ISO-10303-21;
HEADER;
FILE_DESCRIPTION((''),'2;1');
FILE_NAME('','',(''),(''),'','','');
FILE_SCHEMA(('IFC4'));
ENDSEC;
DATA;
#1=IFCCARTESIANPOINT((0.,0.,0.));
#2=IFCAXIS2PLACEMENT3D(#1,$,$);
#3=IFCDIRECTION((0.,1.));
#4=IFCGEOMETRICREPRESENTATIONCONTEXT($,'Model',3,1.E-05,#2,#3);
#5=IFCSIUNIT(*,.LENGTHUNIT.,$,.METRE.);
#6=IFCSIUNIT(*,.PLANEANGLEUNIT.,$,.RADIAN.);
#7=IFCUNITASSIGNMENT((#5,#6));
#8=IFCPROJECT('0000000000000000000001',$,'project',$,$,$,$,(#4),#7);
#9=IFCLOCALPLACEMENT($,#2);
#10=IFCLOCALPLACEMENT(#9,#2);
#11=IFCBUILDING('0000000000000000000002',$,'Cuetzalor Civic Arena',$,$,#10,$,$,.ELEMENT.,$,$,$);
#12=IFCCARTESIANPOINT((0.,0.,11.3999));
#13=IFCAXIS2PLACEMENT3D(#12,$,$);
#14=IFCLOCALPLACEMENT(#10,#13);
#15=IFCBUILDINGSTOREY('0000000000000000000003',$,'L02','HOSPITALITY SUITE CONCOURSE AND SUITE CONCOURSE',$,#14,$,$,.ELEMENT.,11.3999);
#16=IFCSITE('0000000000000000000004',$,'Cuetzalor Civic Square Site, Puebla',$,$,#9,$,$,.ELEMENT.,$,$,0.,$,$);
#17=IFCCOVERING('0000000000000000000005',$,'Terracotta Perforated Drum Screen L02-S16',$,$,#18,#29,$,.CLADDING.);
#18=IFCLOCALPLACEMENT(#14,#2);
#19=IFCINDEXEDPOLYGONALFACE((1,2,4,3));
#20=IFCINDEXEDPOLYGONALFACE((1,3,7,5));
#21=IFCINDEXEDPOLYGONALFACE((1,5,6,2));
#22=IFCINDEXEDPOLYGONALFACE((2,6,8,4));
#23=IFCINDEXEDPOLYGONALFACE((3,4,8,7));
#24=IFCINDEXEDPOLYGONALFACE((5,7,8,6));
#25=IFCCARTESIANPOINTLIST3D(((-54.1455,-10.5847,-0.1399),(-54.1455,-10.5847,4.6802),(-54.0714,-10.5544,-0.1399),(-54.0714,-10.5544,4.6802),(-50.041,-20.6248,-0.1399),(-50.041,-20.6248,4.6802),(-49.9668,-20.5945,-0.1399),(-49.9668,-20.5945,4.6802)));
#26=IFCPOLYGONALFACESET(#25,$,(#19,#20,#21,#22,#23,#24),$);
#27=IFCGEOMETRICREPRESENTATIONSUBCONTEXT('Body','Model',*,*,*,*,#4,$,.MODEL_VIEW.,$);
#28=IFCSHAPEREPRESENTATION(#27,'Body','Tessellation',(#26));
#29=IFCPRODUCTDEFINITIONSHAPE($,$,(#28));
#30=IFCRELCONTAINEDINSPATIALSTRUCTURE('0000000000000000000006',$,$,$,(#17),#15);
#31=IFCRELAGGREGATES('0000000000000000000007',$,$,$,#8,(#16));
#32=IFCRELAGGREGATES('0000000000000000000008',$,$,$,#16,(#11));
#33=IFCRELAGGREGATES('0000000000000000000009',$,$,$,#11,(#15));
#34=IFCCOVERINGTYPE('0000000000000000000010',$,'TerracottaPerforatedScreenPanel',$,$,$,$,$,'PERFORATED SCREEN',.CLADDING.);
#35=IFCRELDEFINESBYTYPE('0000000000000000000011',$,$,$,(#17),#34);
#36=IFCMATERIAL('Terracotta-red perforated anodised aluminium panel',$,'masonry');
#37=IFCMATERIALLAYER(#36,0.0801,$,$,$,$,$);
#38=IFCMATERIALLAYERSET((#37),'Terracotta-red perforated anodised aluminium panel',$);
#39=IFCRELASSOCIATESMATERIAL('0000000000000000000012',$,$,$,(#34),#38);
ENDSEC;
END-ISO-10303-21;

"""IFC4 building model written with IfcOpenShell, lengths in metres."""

from ifc_helpers import new_model, si_unit, direction, frame, frame_2d, origin, place, context, subcontext, project, spatial, rectangle, extrude, material, layer, layer_set, type_object, element, save


model = new_model("IFC4")

# Units and contexts
model_context = context("Model", 3, precision=1e-05, world=origin(), true_north=direction((0.0, 1.0)))
body_context = subcontext(model_context, "Body", "Model", "MODEL_VIEW")
ifc_project = project(units=[si_unit("LENGTHUNIT", "METRE"), si_unit("PLANEANGLEUNIT", "RADIAN")], contexts=[model_context])

# Site, building, storey
site_placement = place(None, origin())
site = spatial("IfcSite", under=ifc_project, at=site_placement, Name="Cuetzalor Civic Square Site, Puebla", CompositionType="ELEMENT", RefElevation=0.0)
building_placement = place(site_placement, origin())
building = spatial("IfcBuilding", under=site, at=building_placement, Name="Cuetzalor Civic Arena", CompositionType="ELEMENT")
storey_placement = place(building_placement, frame((0.0, 0.0, 11.3999)))
storey = spatial("IfcBuildingStorey", under=building, at=storey_placement, Name="L02", Description="HOSPITALITY SUITE CONCOURSE AND SUITE CONCOURSE", CompositionType="ELEMENT", Elevation=11.3999)

# Covering
ifc_material_1 = material(Name="Terracotta-red perforated anodised aluminium panel", Category="masonry")
ifc_layer_1 = layer(ifc_material_1, 0.0801)
ifc_layer_set_1 = layer_set([ifc_layer_1], Name="Terracotta-red perforated anodised aluminium panel")
covering_type = type_object("IfcCoveringType", Name="TerracottaPerforatedScreenPanel", ElementType="PERFORATED SCREEN", PredefinedType="CLADDING", material=ifc_layer_set_1)
covering_placement = place(storey_placement, frame((-50.0039, -20.6096, -0.1399), z_axis=(0.0, 0.0, 1.0), x_axis=(-0.378412, 0.925637, 0.0)))
element("IfcCovering", 1, at=covering_placement, inside=storey, type_object=covering_type, Name="Terracotta Perforated Drum Screen L02-S16", PredefinedType="CLADDING", context=body_context, shape_type="SweptSolid", body=[
    extrude(rectangle(XDim=10.8467, YDim=0.0801, at=frame_2d((5.4233, 0.0))), origin(), (0.0, 0.0, 1.0), 4.8201),
])

save(model, "model.ifc")
